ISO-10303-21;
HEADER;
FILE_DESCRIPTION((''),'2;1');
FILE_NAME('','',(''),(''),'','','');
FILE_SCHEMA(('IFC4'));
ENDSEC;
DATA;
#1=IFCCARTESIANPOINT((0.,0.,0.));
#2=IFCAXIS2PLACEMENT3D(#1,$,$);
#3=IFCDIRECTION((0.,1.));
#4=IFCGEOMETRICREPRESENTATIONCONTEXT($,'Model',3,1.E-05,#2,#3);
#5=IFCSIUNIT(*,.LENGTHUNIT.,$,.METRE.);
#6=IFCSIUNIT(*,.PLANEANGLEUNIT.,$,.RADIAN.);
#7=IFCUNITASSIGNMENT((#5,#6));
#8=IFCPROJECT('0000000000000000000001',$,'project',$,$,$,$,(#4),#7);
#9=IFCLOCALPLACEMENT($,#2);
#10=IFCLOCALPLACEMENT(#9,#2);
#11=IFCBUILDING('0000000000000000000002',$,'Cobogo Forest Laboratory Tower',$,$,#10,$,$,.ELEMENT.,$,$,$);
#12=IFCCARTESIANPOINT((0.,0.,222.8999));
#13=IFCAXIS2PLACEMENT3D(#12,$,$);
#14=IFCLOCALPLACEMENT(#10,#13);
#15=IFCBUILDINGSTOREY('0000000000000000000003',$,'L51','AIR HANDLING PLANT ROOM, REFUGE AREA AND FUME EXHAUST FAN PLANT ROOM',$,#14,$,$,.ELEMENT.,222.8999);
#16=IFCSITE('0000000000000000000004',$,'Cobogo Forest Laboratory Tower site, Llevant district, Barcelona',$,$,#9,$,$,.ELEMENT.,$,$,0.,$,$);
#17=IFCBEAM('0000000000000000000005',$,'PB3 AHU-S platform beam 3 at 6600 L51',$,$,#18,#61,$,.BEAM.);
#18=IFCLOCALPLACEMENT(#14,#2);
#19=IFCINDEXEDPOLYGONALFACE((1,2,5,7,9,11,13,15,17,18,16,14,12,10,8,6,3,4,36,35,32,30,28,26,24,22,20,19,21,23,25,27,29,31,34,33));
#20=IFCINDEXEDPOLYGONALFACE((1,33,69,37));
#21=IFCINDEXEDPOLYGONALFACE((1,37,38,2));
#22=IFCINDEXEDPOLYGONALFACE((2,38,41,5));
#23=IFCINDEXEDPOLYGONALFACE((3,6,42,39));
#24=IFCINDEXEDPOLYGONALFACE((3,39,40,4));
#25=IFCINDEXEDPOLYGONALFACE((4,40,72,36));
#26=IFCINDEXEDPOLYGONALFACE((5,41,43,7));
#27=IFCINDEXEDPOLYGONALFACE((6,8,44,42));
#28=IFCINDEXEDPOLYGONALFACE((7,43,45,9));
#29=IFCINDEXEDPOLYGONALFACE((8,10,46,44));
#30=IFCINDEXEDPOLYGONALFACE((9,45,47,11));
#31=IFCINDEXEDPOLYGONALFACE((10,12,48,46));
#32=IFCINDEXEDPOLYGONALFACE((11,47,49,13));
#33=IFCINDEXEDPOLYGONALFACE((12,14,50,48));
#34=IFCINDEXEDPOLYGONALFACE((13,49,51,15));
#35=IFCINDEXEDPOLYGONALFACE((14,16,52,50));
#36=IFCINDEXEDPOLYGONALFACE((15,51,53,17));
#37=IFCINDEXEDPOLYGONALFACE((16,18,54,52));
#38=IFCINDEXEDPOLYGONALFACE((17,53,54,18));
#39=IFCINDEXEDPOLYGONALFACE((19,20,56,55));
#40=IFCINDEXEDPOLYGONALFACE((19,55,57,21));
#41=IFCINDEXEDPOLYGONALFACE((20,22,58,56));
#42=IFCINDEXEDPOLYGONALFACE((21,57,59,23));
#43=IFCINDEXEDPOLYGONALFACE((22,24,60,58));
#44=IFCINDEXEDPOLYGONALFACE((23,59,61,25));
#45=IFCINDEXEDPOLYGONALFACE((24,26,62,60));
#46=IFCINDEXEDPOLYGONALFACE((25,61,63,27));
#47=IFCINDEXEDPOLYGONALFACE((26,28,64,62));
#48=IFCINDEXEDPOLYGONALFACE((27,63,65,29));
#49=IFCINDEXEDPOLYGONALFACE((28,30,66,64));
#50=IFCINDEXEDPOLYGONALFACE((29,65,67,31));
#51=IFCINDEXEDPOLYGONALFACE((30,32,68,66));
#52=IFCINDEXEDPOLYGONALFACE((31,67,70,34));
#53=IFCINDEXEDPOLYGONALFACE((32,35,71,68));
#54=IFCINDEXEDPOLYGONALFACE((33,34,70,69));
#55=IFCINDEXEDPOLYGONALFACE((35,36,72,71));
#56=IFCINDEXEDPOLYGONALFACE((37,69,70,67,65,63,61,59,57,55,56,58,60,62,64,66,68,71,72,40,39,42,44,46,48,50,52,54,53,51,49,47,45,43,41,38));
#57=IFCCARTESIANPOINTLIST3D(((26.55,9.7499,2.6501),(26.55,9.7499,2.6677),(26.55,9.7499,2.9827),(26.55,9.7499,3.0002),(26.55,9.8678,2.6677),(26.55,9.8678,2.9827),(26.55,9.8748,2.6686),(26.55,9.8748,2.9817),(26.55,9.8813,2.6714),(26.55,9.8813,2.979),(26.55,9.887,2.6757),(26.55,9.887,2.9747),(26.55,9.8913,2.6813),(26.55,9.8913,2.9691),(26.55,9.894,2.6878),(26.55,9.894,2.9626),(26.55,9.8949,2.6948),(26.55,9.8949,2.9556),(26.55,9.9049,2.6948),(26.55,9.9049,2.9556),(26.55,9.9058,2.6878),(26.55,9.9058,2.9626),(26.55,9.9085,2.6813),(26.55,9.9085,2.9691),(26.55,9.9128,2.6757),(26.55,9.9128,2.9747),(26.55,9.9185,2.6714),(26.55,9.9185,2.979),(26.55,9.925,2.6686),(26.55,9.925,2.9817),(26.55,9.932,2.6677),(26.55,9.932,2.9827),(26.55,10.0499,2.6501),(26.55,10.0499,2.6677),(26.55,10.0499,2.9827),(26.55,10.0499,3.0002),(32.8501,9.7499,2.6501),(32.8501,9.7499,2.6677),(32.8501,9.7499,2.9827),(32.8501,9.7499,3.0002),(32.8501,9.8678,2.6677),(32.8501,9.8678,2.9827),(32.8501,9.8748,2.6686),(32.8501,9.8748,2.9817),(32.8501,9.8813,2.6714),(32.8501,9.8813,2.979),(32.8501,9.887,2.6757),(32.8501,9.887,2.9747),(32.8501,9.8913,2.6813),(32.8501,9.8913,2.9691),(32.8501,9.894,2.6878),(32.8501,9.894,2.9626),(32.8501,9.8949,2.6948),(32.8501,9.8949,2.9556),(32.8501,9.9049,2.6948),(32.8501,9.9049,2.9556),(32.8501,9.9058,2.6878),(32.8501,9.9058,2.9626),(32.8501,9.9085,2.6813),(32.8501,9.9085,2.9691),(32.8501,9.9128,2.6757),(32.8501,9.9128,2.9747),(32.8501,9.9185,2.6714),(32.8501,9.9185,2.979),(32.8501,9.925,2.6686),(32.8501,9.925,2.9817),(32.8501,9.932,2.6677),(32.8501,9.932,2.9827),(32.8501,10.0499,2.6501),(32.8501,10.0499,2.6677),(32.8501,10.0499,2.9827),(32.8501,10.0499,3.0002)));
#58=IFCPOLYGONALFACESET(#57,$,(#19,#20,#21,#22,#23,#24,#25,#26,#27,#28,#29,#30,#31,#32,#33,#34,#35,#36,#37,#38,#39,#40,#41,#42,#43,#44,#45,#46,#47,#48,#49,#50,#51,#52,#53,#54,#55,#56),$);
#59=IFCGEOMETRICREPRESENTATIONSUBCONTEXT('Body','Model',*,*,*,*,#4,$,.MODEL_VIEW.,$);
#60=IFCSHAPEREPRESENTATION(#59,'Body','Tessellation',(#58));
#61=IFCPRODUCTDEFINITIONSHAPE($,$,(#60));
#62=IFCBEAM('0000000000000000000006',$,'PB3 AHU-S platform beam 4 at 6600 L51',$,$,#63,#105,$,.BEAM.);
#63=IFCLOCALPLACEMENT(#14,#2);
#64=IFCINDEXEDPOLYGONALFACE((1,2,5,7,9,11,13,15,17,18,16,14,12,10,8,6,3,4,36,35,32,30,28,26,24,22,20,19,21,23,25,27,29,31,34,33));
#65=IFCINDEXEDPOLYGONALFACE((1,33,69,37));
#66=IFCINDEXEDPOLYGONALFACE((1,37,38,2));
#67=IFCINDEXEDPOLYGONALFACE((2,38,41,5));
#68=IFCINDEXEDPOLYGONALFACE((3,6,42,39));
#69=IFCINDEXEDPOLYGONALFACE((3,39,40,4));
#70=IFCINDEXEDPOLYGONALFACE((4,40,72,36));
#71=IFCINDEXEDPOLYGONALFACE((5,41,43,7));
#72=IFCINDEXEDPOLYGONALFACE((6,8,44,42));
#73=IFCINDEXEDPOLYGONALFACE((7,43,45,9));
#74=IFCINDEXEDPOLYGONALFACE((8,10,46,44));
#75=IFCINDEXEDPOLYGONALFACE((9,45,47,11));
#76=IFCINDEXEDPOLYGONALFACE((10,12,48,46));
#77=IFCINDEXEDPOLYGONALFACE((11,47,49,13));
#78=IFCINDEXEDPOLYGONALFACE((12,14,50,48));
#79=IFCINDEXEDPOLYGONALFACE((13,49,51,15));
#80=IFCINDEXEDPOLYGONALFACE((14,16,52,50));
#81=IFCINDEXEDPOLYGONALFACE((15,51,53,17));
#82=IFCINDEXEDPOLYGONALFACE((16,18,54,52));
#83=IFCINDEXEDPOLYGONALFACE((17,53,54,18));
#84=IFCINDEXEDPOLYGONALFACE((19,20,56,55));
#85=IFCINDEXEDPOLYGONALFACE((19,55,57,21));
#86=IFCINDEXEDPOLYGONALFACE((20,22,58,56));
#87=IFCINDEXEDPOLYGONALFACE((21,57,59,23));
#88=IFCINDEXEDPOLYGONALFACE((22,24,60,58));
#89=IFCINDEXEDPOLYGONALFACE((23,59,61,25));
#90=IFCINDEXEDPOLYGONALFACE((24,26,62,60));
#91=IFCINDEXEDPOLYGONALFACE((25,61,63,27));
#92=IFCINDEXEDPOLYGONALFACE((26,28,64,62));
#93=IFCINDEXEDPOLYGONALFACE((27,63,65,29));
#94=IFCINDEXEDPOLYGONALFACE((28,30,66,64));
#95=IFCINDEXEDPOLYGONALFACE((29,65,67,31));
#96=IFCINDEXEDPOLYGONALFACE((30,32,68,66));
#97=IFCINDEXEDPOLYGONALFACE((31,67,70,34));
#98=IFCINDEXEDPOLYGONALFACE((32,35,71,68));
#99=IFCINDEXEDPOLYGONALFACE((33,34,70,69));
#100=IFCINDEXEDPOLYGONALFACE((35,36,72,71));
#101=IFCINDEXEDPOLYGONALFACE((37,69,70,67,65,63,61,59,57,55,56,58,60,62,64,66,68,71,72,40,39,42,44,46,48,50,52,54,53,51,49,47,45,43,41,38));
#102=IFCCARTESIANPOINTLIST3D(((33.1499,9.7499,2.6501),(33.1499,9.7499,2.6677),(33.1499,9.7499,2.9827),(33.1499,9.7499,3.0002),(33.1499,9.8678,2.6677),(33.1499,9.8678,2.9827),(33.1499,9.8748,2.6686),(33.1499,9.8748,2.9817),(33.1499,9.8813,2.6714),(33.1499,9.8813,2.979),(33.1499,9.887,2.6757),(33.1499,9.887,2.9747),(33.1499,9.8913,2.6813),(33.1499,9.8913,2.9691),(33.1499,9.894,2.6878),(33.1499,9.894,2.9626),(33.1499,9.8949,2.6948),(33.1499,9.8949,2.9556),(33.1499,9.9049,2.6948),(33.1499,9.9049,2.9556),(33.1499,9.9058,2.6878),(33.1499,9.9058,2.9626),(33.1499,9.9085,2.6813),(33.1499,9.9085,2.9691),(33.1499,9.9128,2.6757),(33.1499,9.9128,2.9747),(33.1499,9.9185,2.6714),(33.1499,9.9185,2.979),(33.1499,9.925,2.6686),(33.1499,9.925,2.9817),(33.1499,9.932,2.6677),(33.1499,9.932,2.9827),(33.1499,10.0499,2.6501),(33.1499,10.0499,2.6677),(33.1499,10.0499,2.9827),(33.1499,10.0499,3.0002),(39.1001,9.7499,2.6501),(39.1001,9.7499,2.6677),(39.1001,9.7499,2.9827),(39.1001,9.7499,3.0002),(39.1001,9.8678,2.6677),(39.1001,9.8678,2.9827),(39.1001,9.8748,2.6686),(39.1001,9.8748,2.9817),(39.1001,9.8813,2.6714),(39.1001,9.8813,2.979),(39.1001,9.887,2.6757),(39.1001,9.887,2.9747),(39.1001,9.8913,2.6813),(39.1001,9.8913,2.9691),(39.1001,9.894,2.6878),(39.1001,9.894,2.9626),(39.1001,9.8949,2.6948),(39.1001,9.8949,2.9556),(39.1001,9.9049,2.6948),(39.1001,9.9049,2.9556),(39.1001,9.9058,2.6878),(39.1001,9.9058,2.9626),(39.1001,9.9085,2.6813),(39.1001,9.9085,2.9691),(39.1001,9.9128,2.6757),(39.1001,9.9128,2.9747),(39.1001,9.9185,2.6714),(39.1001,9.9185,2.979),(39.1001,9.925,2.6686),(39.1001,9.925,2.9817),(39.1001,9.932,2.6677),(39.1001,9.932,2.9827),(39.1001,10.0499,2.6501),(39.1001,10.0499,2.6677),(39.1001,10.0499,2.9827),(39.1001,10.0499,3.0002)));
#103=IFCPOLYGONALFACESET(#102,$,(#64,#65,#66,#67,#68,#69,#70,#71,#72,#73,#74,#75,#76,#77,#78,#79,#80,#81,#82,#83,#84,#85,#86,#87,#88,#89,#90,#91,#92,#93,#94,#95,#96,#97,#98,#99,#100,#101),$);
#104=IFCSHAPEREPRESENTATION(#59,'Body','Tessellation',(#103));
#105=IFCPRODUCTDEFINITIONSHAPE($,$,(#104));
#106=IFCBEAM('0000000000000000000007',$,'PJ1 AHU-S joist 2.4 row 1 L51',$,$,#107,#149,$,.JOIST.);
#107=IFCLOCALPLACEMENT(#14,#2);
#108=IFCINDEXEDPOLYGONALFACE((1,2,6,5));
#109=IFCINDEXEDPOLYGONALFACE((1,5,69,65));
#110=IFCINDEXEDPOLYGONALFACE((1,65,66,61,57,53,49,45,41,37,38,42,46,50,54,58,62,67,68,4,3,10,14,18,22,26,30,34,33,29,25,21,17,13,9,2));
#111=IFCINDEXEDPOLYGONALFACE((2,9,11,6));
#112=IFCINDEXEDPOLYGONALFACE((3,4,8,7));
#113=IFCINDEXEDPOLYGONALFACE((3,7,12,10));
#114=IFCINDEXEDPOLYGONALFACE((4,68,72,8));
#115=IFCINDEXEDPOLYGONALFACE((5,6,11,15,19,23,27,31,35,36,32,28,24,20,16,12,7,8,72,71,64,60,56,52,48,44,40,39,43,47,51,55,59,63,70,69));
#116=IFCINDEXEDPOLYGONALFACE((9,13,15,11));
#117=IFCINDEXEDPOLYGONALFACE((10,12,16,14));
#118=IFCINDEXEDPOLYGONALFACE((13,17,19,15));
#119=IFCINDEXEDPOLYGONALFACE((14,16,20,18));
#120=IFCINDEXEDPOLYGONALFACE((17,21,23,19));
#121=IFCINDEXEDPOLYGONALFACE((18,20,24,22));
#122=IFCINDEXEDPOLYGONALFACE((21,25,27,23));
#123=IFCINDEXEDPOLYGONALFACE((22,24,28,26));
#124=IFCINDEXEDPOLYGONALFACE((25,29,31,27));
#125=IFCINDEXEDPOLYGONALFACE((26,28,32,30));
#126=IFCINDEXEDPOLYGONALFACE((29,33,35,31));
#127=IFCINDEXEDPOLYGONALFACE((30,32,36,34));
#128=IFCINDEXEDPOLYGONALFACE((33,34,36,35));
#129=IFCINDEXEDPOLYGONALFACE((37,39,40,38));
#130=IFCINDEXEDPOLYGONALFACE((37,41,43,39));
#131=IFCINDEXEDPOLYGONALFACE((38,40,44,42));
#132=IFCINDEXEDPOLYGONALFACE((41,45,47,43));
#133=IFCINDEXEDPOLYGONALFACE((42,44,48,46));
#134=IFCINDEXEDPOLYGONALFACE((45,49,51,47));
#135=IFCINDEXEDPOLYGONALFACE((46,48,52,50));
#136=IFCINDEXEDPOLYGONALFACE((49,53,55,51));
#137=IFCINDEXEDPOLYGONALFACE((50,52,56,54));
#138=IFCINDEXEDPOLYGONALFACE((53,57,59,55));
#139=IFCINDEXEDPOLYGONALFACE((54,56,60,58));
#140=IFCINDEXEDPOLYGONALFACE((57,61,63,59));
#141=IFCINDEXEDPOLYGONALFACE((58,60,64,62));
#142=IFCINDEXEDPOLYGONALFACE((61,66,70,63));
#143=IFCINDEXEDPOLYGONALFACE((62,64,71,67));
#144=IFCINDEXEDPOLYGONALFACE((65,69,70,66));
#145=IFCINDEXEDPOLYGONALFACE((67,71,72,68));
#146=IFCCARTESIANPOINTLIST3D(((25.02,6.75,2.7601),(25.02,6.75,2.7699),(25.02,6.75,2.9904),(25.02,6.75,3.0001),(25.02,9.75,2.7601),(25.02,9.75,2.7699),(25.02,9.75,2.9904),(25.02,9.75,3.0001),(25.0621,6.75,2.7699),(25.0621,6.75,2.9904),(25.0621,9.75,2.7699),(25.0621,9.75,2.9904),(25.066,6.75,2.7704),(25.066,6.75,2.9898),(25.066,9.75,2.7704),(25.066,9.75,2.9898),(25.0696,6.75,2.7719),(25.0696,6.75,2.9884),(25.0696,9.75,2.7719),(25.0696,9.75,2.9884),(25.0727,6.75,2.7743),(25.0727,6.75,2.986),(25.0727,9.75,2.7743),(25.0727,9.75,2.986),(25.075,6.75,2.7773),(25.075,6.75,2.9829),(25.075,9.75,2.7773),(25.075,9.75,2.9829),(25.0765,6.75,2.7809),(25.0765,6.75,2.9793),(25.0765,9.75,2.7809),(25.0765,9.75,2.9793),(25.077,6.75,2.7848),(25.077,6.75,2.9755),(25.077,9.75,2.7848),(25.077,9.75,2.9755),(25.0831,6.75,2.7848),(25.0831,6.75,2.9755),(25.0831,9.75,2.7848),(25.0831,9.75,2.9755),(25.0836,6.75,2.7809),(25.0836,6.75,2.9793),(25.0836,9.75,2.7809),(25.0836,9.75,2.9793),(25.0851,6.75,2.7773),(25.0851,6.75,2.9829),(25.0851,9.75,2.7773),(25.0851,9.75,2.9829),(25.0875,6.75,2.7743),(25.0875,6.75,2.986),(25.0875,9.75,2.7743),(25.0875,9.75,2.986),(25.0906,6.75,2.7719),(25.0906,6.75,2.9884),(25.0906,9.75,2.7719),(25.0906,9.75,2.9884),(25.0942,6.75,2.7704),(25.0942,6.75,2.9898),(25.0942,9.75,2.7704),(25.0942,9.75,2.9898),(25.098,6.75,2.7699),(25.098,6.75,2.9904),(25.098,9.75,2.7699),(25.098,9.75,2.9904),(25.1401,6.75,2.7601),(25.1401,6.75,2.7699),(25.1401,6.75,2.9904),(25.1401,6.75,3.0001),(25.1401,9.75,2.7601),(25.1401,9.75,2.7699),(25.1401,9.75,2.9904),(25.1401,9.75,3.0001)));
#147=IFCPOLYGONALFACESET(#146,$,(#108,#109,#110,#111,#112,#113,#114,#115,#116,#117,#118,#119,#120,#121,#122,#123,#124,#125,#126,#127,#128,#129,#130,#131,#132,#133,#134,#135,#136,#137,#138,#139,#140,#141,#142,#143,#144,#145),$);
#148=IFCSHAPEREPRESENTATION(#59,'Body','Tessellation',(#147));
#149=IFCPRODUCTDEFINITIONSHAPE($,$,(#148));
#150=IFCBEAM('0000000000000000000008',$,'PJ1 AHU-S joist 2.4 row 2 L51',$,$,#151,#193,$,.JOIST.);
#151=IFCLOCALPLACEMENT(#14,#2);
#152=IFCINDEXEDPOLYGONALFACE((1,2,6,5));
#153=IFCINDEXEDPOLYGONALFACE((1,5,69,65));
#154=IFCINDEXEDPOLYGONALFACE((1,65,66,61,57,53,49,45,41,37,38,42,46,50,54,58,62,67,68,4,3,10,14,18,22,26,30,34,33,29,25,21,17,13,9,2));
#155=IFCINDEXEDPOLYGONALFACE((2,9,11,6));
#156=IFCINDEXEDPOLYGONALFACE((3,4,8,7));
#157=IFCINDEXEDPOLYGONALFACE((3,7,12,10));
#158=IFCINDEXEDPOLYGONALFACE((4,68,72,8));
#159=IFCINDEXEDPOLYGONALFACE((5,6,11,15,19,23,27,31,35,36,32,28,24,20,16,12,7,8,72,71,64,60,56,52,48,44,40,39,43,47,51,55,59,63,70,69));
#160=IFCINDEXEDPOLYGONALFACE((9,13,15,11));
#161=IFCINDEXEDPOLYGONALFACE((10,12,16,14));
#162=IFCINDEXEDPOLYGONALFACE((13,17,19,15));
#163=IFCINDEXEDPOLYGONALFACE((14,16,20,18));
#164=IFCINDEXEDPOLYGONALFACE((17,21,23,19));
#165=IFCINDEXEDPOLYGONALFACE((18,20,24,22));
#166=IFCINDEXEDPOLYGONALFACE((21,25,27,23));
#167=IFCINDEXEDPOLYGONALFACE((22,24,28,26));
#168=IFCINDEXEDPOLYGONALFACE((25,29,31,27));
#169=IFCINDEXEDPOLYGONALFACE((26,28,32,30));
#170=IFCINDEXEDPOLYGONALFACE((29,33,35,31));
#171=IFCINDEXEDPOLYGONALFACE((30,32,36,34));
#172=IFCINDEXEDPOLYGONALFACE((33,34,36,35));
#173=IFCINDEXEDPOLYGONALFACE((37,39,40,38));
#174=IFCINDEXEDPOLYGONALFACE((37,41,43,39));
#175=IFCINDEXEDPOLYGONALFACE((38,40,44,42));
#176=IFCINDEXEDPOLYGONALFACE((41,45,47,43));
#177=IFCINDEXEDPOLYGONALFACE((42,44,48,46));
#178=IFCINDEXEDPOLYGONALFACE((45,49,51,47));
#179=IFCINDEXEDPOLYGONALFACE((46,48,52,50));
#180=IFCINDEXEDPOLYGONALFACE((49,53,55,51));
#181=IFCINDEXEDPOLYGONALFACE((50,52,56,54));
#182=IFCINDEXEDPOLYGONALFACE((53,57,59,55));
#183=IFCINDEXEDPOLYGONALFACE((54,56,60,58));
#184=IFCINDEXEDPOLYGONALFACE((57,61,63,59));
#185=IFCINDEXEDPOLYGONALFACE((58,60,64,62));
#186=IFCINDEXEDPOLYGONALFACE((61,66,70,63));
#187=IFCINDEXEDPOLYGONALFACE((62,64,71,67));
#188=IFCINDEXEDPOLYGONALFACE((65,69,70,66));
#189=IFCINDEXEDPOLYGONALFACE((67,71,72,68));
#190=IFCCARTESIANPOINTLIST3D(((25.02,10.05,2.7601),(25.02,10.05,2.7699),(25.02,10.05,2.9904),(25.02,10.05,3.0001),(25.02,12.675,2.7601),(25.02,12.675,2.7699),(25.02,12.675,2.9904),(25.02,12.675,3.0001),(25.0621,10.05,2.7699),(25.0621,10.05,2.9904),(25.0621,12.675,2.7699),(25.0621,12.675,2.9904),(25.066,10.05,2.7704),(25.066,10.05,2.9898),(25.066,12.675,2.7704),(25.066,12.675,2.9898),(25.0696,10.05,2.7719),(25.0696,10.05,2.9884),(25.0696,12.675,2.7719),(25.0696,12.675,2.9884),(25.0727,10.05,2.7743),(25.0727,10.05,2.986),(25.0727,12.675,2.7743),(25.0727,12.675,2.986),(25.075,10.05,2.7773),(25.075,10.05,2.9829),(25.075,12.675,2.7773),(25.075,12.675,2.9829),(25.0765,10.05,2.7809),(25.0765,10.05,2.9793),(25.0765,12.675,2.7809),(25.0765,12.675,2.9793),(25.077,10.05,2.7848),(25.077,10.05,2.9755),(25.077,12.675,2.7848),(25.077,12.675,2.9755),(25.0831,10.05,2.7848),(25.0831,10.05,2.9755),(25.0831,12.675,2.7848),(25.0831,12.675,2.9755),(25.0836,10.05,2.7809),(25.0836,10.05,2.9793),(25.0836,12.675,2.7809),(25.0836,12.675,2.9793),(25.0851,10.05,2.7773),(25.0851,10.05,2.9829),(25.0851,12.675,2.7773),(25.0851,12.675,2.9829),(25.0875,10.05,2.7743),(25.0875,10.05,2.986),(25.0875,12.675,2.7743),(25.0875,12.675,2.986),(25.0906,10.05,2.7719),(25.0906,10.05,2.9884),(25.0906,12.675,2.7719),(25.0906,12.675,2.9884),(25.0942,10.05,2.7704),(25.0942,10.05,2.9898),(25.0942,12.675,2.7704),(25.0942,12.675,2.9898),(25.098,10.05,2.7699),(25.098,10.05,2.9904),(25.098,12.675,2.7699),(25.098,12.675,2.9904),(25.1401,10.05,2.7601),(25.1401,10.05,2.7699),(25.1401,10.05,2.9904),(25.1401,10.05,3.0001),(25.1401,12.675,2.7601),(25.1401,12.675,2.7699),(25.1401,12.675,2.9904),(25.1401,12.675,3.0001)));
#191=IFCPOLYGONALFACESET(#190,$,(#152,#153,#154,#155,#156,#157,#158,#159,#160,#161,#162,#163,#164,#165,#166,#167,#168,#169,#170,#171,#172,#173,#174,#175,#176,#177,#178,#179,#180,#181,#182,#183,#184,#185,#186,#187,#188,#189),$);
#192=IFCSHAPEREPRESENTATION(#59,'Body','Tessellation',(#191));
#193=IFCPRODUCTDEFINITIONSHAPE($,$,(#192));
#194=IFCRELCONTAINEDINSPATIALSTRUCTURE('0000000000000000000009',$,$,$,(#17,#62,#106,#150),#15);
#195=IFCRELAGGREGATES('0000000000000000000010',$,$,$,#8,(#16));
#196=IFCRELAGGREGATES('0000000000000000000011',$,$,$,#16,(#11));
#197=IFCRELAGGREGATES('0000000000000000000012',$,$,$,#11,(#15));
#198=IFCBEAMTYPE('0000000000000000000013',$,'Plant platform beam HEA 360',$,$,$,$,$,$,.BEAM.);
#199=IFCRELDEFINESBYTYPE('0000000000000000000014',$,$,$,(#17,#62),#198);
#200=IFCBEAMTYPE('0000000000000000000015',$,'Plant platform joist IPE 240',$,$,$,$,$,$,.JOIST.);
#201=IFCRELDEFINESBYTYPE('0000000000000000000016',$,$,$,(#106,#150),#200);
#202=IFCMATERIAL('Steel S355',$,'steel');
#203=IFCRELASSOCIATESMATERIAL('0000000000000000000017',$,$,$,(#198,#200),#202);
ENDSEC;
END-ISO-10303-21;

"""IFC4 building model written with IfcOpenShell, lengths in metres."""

from ifc_helpers import new_model, si_unit, direction, frame, origin, origin_2d, place, context, subcontext, project, spatial, i_section, extrude, material, material_profile, profile_set, type_object, element, save


model = new_model("IFC4")

# Units and contexts
model_context = context("Model", 3, precision=1e-05, world=origin(), true_north=direction((0.0, 1.0)))
body_context = subcontext(model_context, "Body", "Model", "MODEL_VIEW")
ifc_project = project(units=[si_unit("LENGTHUNIT", "METRE"), si_unit("PLANEANGLEUNIT", "RADIAN")], contexts=[model_context])

# Site, building, storey
site_placement = place(None, origin())
site = spatial("IfcSite", under=ifc_project, at=site_placement, Name="Cobogo Forest Laboratory Tower site, Llevant district, Barcelona", CompositionType="ELEMENT", RefElevation=0.0)
building_placement = place(site_placement, origin())
building = spatial("IfcBuilding", under=site, at=building_placement, Name="Cobogo Forest Laboratory Tower", CompositionType="ELEMENT")
storey_placement = place(building_placement, frame((0.0, 0.0, 222.8999)))
storey = spatial("IfcBuildingStorey", under=building, at=storey_placement, Name="L51", Description="AIR HANDLING PLANT ROOM, REFUGE AREA AND FUME EXHAUST FAN PLANT ROOM", CompositionType="ELEMENT", Elevation=222.8999)

# Beams
ifc_material = material(Name="Steel S355", Category="steel")
ifc_material_profile_1 = material_profile(ifc_material, i_section(OverallWidth=0.3, OverallDepth=0.3501, WebThickness=0.01, FlangeThickness=0.0176, FilletRadius=0.0271, at=origin_2d()), Name="HEA 360")
ifc_profile_set_1 = profile_set([ifc_material_profile_1], Name="Steel S355")
beam_type_1 = type_object("IfcBeamType", Name="Plant platform beam HEA 360", PredefinedType="BEAM", material=ifc_profile_set_1)
beam_1_placement = place(storey_placement, frame((26.55, 9.8999, 2.8252), z_axis=(1.0, 0.0, 0.0), x_axis=(0.0, 1.0, 0.0)))
element("IfcBeam", 1, at=beam_1_placement, inside=storey, type_object=beam_type_1, Name="PB3 AHU-S platform beam 3 at 6600 L51", PredefinedType="BEAM", context=body_context, shape_type="SweptSolid", body=[
    extrude(i_section(OverallWidth=0.3, OverallDepth=0.3501, WebThickness=0.01, FlangeThickness=0.0176, FilletRadius=0.0271, at=origin_2d()), origin(), (0.0, 0.0, 1.0), 6.3),
])
beam_2_placement = place(storey_placement, frame((33.1499, 9.8999, 2.8252), z_axis=(1.0, 0.0, 0.0), x_axis=(0.0, 1.0, 0.0)))
element("IfcBeam", 2, at=beam_2_placement, inside=storey, type_object=beam_type_1, Name="PB3 AHU-S platform beam 4 at 6600 L51", PredefinedType="BEAM", context=body_context, shape_type="SweptSolid", body=[
    extrude(i_section(OverallWidth=0.3, OverallDepth=0.3501, WebThickness=0.01, FlangeThickness=0.0176, FilletRadius=0.0271, at=origin_2d()), origin(), (0.0, 0.0, 1.0), 5.9502),
])
ifc_material_profile_2 = material_profile(ifc_material, i_section(OverallWidth=0.1201, OverallDepth=0.24, WebThickness=0.0061, FlangeThickness=0.0098, FilletRadius=0.0149, at=origin_2d()), Name="IPE 240")
ifc_profile_set_2 = profile_set([ifc_material_profile_2], Name="Steel S355")
beam_type_2 = type_object("IfcBeamType", Name="Plant platform joist IPE 240", PredefinedType="JOIST", material=ifc_profile_set_2)
beam_3_placement = place(storey_placement, frame((25.0801, 6.75, 2.8801), z_axis=(0.0, 1.0, 0.0), x_axis=(-1.0, 0.0, 0.0)))
element("IfcBeam", 3, at=beam_3_placement, inside=storey, type_object=beam_type_2, Name="PJ1 AHU-S joist 2.4 row 1 L51", PredefinedType="JOIST", context=body_context, shape_type="SweptSolid", body=[
    extrude(i_section(OverallWidth=0.1201, OverallDepth=0.24, WebThickness=0.0061, FlangeThickness=0.0098, FilletRadius=0.0149, at=origin_2d()), origin(), (0.0, 0.0, 1.0), 3.0),
])
beam_4_placement = place(storey_placement, frame((25.0801, 10.05, 2.8801), z_axis=(0.0, 1.0, 0.0), x_axis=(-1.0, 0.0, 0.0)))
element("IfcBeam", 4, at=beam_4_placement, inside=storey, type_object=beam_type_2, Name="PJ1 AHU-S joist 2.4 row 2 L51", PredefinedType="JOIST", context=body_context, shape_type="SweptSolid", body=[
    extrude(i_section(OverallWidth=0.1201, OverallDepth=0.24, WebThickness=0.0061, FlangeThickness=0.0098, FilletRadius=0.0149, at=origin_2d()), origin(), (0.0, 0.0, 1.0), 2.625),
])

save(model, "model.ifc")
